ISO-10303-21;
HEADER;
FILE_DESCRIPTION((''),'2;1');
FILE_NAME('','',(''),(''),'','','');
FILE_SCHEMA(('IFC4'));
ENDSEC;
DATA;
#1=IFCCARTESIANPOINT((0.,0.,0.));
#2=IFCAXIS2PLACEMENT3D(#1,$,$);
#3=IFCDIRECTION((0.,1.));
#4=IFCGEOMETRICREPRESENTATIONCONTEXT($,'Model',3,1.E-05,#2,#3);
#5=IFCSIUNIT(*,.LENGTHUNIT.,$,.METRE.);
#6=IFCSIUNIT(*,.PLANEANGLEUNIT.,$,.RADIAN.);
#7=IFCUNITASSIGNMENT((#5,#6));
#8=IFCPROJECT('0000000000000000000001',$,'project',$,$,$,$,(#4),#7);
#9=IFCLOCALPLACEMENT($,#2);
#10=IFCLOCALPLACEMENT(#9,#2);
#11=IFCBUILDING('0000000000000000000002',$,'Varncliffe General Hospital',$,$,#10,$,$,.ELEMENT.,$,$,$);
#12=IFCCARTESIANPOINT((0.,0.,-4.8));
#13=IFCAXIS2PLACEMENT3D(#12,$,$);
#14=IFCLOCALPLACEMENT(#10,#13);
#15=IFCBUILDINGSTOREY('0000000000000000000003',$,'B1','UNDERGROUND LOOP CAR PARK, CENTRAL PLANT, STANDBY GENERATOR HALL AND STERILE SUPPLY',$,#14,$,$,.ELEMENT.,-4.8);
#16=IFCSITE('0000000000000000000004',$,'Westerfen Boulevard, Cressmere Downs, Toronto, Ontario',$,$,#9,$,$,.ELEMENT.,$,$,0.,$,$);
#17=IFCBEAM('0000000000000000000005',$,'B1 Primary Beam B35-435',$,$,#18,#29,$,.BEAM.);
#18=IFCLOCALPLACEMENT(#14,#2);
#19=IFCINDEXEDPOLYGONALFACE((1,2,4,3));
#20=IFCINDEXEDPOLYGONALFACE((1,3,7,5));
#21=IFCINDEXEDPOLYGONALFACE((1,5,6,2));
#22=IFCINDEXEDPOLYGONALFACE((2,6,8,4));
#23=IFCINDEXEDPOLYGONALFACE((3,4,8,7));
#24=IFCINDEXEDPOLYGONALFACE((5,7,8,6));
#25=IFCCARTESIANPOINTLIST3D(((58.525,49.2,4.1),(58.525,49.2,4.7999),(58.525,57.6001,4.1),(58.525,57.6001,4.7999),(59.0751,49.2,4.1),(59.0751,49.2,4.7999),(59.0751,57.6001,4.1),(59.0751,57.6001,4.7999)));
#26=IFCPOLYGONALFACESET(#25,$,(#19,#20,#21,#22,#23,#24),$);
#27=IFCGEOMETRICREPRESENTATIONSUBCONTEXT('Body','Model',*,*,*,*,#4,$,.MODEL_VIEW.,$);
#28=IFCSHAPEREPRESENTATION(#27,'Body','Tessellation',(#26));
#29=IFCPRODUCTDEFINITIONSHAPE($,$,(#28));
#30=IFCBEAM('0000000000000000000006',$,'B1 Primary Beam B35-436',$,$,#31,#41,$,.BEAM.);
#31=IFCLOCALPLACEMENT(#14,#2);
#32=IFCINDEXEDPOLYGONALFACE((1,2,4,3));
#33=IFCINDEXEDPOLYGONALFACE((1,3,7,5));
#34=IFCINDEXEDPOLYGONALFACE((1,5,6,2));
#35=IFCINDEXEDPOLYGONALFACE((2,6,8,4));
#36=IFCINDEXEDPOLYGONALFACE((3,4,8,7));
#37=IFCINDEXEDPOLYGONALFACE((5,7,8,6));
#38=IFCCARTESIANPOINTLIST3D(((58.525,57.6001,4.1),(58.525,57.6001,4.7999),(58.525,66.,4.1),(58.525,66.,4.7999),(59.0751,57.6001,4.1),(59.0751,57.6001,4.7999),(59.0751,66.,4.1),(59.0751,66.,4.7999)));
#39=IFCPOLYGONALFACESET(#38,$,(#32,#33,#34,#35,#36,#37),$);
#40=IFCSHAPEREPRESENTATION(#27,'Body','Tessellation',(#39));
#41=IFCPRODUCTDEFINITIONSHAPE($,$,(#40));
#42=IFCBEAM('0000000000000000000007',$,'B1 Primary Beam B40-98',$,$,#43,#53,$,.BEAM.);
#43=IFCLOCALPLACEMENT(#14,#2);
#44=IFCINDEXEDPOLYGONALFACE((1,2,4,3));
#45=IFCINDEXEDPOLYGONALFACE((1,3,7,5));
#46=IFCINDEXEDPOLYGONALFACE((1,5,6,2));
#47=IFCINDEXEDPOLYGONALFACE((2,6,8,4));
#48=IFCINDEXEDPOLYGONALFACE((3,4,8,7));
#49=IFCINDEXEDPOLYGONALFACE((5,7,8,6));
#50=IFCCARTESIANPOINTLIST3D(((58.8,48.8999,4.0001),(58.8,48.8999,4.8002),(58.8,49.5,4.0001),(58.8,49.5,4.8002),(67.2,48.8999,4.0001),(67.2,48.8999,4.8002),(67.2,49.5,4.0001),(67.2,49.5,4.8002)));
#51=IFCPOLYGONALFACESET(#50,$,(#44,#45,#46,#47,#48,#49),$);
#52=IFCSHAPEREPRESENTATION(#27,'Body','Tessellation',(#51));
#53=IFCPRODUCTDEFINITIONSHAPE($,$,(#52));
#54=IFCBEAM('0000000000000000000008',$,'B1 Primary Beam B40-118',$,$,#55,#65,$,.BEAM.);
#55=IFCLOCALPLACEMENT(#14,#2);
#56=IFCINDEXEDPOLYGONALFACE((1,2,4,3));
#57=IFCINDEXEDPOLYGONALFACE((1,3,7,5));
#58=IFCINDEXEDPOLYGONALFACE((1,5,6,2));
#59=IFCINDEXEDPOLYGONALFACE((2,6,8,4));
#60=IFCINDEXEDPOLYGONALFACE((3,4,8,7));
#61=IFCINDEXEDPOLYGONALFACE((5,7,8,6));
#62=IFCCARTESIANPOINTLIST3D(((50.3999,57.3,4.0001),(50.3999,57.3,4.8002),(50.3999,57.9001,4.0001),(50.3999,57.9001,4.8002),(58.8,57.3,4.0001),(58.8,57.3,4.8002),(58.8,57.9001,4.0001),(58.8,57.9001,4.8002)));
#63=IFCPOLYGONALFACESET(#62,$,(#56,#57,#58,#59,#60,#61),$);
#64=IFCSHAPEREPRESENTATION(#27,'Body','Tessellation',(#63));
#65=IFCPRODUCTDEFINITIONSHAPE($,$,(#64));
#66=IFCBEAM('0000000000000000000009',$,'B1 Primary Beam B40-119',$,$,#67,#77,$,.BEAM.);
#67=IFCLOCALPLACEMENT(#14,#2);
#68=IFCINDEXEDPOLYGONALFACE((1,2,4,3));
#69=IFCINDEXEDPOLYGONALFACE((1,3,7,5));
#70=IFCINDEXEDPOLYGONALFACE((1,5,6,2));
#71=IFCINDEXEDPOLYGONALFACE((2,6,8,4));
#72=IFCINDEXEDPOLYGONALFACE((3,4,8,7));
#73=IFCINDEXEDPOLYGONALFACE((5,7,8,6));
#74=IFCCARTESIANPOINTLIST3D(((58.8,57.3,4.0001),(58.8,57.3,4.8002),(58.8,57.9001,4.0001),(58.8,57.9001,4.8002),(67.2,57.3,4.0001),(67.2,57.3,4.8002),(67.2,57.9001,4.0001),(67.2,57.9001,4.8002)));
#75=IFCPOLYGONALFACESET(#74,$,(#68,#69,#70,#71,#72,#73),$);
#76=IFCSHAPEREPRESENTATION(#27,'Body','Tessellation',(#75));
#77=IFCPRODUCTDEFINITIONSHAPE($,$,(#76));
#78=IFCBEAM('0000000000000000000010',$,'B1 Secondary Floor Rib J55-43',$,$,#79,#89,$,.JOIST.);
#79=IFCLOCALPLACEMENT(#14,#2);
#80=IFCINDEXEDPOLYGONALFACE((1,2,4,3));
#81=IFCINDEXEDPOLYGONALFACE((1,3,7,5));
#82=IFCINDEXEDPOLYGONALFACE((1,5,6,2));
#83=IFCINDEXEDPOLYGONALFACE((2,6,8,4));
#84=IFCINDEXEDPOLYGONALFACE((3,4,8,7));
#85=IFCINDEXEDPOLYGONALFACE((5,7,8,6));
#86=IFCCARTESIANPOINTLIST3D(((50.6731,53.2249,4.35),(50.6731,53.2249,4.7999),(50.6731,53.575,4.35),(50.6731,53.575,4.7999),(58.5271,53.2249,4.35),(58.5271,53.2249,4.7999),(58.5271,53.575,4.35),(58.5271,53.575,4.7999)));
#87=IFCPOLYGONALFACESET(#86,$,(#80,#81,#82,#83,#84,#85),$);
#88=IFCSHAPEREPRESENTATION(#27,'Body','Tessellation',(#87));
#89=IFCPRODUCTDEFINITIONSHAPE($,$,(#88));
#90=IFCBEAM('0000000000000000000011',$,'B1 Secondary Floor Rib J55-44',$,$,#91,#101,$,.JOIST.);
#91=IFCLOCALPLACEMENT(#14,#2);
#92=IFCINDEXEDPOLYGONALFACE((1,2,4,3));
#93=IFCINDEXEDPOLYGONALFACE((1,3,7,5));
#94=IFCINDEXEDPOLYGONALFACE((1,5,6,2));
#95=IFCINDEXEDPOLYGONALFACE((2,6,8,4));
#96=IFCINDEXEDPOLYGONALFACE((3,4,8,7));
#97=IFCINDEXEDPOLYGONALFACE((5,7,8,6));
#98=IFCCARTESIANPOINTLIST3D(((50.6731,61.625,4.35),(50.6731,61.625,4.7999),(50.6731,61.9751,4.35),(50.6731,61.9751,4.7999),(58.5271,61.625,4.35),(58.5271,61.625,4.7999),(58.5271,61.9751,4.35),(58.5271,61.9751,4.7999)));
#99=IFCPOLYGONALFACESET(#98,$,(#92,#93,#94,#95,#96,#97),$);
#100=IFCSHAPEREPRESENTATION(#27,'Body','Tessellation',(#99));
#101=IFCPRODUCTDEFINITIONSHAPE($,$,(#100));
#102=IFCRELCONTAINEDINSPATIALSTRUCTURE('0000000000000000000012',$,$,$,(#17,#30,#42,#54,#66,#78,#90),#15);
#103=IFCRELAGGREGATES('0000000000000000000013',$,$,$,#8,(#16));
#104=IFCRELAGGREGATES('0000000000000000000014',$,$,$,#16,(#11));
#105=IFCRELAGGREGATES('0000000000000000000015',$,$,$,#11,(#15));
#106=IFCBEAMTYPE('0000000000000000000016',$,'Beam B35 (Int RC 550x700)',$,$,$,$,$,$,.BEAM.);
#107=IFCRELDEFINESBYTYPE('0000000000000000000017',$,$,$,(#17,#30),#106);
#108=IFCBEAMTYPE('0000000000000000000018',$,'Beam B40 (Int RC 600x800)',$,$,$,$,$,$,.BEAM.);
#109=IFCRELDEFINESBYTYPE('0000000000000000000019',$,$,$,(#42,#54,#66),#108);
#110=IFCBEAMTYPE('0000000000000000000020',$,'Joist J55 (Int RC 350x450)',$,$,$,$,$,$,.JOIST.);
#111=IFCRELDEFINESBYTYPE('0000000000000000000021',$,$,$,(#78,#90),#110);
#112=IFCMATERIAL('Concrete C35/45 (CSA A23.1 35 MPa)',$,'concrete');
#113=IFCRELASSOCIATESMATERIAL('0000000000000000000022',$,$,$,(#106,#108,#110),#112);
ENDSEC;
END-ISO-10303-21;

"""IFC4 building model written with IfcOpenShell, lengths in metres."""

from ifc_helpers import new_model, si_unit, direction, frame, origin, origin_2d, place, context, subcontext, project, spatial, rectangle, extrude, material, material_profile, profile_set, type_object, element, save


model = new_model("IFC4")

# Units and contexts
model_context = context("Model", 3, precision=1e-05, world=origin(), true_north=direction((0.0, 1.0)))
body_context = subcontext(model_context, "Body", "Model", "MODEL_VIEW")
ifc_project = project(units=[si_unit("LENGTHUNIT", "METRE"), si_unit("PLANEANGLEUNIT", "RADIAN")], contexts=[model_context])

# Site, building, storey
site_placement = place(None, origin())
site = spatial("IfcSite", under=ifc_project, at=site_placement, Name="Westerfen Boulevard, Cressmere Downs, Toronto, Ontario", CompositionType="ELEMENT", RefElevation=0.0)
building_placement = place(site_placement, origin())
building = spatial("IfcBuilding", under=site, at=building_placement, Name="Varncliffe General Hospital", CompositionType="ELEMENT")
storey_placement = place(building_placement, frame((0.0, 0.0, -4.8)))
storey = spatial("IfcBuildingStorey", under=building, at=storey_placement, Name="B1", Description="UNDERGROUND LOOP CAR PARK, CENTRAL PLANT, STANDBY GENERATOR HALL AND STERILE SUPPLY", CompositionType="ELEMENT", Elevation=-4.8)

# Beams
ifc_material_1 = material(Name="Concrete C35/45 (CSA A23.1 35 MPa)", Category="concrete")
ifc_material_profile_1 = material_profile(ifc_material_1, rectangle(XDim=0.55, YDim=0.7, at=origin_2d()), Name="RC 550x700")
ifc_profile_set_1 = profile_set([ifc_material_profile_1], Name="Concrete C35/45 (CSA A23.1 35 MPa)")
beam_type_1 = type_object("IfcBeamType", Name="Beam B35 (Int RC 550x700)", PredefinedType="BEAM", material=ifc_profile_set_1)
beam_1_placement = place(storey_placement, frame((58.8, 49.2, 4.45), z_axis=(0.0, 1.0, 0.0), x_axis=(-1.0, 0.0, 0.0)))
element("IfcBeam", 1, at=beam_1_placement, inside=storey, type_object=beam_type_1, Name="B1 Primary Beam B35-435", PredefinedType="BEAM", context=body_context, shape_type="SweptSolid", body=[
    extrude(rectangle(XDim=0.55, YDim=0.7, at=origin_2d()), origin(), (0.0, 0.0, 1.0), 8.4001),
])
beam_2_placement = place(storey_placement, frame((58.8, 57.6001, 4.45), z_axis=(0.0, 1.0, 0.0), x_axis=(-1.0, 0.0, 0.0)))
element("IfcBeam", 2, at=beam_2_placement, inside=storey, type_object=beam_type_1, Name="B1 Primary Beam B35-436", PredefinedType="BEAM", context=body_context, shape_type="SweptSolid", body=[
    extrude(rectangle(XDim=0.55, YDim=0.7, at=origin_2d()), origin(), (0.0, 0.0, 1.0), 8.3999),
])
ifc_material_profile_2 = material_profile(ifc_material_1, rectangle(XDim=0.6001, YDim=0.8, at=origin_2d()), Name="RC 600x800")
ifc_profile_set_2 = profile_set([ifc_material_profile_2], Name="Concrete C35/45 (CSA A23.1 35 MPa)")
beam_type_2 = type_object("IfcBeamType", Name="Beam B40 (Int RC 600x800)", PredefinedType="BEAM", material=ifc_profile_set_2)
beam_3_placement = place(storey_placement, frame((58.8, 49.2, 4.4001), z_axis=(1.0, 0.0, 0.0), x_axis=(0.0, 1.0, 0.0)))
element("IfcBeam", 3, at=beam_3_placement, inside=storey, type_object=beam_type_2, Name="B1 Primary Beam B40-98", PredefinedType="BEAM", context=body_context, shape_type="SweptSolid", body=[
    extrude(rectangle(XDim=0.6001, YDim=0.8, at=origin_2d()), origin(), (0.0, 0.0, 1.0), 8.3999),
])
beam_4_placement = place(storey_placement, frame((50.3999, 57.6001, 4.4001), z_axis=(1.0, 0.0, 0.0), x_axis=(0.0, 1.0, 0.0)))
element("IfcBeam", 4, at=beam_4_placement, inside=storey, type_object=beam_type_2, Name="B1 Primary Beam B40-118", PredefinedType="BEAM", context=body_context, shape_type="SweptSolid", body=[
    extrude(rectangle(XDim=0.6001, YDim=0.8, at=origin_2d()), origin(), (0.0, 0.0, 1.0), 8.4001),
])
beam_5_placement = place(storey_placement, frame((58.8, 57.6001, 4.4001), z_axis=(1.0, 0.0, 0.0), x_axis=(0.0, 1.0, 0.0)))
element("IfcBeam", 5, at=beam_5_placement, inside=storey, type_object=beam_type_2, Name="B1 Primary Beam B40-119", PredefinedType="BEAM", context=body_context, shape_type="SweptSolid", body=[
    extrude(rectangle(XDim=0.6001, YDim=0.8, at=origin_2d()), origin(), (0.0, 0.0, 1.0), 8.3999),
])
ifc_material_profile_3 = material_profile(ifc_material_1, rectangle(XDim=0.3501, YDim=0.45, at=origin_2d()), Name="RC 350x450")
ifc_profile_set_3 = profile_set([ifc_material_profile_3], Name="Concrete C35/45 (CSA A23.1 35 MPa)")
beam_type_3 = type_object("IfcBeamType", Name="Joist J55 (Int RC 350x450)", PredefinedType="JOIST", material=ifc_profile_set_3)
for number, where, z_axis, x_axis, name in (
    (6, (50.6731, 53.3999, 4.575), (1.0, 0.0, 0.0), (0.0, 1.0, 0.0), "B1 Secondary Floor Rib J55-43"),
    (7, (50.6731, 61.8, 4.575), (1.0, 0.0, 0.0), (0.0, 1.0, 0.0), "B1 Secondary Floor Rib J55-44"),
):
    element("IfcBeam", number, at=place(storey_placement, frame(where, z_axis=z_axis, x_axis=x_axis)), inside=storey, type_object=beam_type_3, Name=name, PredefinedType="JOIST", context=body_context, shape_type="SweptSolid", body=[
        extrude(rectangle(XDim=0.3501, YDim=0.45, at=origin_2d()), origin(), (0.0, 0.0, 1.0), 7.854),
    ])

save(model, "model.ifc")
